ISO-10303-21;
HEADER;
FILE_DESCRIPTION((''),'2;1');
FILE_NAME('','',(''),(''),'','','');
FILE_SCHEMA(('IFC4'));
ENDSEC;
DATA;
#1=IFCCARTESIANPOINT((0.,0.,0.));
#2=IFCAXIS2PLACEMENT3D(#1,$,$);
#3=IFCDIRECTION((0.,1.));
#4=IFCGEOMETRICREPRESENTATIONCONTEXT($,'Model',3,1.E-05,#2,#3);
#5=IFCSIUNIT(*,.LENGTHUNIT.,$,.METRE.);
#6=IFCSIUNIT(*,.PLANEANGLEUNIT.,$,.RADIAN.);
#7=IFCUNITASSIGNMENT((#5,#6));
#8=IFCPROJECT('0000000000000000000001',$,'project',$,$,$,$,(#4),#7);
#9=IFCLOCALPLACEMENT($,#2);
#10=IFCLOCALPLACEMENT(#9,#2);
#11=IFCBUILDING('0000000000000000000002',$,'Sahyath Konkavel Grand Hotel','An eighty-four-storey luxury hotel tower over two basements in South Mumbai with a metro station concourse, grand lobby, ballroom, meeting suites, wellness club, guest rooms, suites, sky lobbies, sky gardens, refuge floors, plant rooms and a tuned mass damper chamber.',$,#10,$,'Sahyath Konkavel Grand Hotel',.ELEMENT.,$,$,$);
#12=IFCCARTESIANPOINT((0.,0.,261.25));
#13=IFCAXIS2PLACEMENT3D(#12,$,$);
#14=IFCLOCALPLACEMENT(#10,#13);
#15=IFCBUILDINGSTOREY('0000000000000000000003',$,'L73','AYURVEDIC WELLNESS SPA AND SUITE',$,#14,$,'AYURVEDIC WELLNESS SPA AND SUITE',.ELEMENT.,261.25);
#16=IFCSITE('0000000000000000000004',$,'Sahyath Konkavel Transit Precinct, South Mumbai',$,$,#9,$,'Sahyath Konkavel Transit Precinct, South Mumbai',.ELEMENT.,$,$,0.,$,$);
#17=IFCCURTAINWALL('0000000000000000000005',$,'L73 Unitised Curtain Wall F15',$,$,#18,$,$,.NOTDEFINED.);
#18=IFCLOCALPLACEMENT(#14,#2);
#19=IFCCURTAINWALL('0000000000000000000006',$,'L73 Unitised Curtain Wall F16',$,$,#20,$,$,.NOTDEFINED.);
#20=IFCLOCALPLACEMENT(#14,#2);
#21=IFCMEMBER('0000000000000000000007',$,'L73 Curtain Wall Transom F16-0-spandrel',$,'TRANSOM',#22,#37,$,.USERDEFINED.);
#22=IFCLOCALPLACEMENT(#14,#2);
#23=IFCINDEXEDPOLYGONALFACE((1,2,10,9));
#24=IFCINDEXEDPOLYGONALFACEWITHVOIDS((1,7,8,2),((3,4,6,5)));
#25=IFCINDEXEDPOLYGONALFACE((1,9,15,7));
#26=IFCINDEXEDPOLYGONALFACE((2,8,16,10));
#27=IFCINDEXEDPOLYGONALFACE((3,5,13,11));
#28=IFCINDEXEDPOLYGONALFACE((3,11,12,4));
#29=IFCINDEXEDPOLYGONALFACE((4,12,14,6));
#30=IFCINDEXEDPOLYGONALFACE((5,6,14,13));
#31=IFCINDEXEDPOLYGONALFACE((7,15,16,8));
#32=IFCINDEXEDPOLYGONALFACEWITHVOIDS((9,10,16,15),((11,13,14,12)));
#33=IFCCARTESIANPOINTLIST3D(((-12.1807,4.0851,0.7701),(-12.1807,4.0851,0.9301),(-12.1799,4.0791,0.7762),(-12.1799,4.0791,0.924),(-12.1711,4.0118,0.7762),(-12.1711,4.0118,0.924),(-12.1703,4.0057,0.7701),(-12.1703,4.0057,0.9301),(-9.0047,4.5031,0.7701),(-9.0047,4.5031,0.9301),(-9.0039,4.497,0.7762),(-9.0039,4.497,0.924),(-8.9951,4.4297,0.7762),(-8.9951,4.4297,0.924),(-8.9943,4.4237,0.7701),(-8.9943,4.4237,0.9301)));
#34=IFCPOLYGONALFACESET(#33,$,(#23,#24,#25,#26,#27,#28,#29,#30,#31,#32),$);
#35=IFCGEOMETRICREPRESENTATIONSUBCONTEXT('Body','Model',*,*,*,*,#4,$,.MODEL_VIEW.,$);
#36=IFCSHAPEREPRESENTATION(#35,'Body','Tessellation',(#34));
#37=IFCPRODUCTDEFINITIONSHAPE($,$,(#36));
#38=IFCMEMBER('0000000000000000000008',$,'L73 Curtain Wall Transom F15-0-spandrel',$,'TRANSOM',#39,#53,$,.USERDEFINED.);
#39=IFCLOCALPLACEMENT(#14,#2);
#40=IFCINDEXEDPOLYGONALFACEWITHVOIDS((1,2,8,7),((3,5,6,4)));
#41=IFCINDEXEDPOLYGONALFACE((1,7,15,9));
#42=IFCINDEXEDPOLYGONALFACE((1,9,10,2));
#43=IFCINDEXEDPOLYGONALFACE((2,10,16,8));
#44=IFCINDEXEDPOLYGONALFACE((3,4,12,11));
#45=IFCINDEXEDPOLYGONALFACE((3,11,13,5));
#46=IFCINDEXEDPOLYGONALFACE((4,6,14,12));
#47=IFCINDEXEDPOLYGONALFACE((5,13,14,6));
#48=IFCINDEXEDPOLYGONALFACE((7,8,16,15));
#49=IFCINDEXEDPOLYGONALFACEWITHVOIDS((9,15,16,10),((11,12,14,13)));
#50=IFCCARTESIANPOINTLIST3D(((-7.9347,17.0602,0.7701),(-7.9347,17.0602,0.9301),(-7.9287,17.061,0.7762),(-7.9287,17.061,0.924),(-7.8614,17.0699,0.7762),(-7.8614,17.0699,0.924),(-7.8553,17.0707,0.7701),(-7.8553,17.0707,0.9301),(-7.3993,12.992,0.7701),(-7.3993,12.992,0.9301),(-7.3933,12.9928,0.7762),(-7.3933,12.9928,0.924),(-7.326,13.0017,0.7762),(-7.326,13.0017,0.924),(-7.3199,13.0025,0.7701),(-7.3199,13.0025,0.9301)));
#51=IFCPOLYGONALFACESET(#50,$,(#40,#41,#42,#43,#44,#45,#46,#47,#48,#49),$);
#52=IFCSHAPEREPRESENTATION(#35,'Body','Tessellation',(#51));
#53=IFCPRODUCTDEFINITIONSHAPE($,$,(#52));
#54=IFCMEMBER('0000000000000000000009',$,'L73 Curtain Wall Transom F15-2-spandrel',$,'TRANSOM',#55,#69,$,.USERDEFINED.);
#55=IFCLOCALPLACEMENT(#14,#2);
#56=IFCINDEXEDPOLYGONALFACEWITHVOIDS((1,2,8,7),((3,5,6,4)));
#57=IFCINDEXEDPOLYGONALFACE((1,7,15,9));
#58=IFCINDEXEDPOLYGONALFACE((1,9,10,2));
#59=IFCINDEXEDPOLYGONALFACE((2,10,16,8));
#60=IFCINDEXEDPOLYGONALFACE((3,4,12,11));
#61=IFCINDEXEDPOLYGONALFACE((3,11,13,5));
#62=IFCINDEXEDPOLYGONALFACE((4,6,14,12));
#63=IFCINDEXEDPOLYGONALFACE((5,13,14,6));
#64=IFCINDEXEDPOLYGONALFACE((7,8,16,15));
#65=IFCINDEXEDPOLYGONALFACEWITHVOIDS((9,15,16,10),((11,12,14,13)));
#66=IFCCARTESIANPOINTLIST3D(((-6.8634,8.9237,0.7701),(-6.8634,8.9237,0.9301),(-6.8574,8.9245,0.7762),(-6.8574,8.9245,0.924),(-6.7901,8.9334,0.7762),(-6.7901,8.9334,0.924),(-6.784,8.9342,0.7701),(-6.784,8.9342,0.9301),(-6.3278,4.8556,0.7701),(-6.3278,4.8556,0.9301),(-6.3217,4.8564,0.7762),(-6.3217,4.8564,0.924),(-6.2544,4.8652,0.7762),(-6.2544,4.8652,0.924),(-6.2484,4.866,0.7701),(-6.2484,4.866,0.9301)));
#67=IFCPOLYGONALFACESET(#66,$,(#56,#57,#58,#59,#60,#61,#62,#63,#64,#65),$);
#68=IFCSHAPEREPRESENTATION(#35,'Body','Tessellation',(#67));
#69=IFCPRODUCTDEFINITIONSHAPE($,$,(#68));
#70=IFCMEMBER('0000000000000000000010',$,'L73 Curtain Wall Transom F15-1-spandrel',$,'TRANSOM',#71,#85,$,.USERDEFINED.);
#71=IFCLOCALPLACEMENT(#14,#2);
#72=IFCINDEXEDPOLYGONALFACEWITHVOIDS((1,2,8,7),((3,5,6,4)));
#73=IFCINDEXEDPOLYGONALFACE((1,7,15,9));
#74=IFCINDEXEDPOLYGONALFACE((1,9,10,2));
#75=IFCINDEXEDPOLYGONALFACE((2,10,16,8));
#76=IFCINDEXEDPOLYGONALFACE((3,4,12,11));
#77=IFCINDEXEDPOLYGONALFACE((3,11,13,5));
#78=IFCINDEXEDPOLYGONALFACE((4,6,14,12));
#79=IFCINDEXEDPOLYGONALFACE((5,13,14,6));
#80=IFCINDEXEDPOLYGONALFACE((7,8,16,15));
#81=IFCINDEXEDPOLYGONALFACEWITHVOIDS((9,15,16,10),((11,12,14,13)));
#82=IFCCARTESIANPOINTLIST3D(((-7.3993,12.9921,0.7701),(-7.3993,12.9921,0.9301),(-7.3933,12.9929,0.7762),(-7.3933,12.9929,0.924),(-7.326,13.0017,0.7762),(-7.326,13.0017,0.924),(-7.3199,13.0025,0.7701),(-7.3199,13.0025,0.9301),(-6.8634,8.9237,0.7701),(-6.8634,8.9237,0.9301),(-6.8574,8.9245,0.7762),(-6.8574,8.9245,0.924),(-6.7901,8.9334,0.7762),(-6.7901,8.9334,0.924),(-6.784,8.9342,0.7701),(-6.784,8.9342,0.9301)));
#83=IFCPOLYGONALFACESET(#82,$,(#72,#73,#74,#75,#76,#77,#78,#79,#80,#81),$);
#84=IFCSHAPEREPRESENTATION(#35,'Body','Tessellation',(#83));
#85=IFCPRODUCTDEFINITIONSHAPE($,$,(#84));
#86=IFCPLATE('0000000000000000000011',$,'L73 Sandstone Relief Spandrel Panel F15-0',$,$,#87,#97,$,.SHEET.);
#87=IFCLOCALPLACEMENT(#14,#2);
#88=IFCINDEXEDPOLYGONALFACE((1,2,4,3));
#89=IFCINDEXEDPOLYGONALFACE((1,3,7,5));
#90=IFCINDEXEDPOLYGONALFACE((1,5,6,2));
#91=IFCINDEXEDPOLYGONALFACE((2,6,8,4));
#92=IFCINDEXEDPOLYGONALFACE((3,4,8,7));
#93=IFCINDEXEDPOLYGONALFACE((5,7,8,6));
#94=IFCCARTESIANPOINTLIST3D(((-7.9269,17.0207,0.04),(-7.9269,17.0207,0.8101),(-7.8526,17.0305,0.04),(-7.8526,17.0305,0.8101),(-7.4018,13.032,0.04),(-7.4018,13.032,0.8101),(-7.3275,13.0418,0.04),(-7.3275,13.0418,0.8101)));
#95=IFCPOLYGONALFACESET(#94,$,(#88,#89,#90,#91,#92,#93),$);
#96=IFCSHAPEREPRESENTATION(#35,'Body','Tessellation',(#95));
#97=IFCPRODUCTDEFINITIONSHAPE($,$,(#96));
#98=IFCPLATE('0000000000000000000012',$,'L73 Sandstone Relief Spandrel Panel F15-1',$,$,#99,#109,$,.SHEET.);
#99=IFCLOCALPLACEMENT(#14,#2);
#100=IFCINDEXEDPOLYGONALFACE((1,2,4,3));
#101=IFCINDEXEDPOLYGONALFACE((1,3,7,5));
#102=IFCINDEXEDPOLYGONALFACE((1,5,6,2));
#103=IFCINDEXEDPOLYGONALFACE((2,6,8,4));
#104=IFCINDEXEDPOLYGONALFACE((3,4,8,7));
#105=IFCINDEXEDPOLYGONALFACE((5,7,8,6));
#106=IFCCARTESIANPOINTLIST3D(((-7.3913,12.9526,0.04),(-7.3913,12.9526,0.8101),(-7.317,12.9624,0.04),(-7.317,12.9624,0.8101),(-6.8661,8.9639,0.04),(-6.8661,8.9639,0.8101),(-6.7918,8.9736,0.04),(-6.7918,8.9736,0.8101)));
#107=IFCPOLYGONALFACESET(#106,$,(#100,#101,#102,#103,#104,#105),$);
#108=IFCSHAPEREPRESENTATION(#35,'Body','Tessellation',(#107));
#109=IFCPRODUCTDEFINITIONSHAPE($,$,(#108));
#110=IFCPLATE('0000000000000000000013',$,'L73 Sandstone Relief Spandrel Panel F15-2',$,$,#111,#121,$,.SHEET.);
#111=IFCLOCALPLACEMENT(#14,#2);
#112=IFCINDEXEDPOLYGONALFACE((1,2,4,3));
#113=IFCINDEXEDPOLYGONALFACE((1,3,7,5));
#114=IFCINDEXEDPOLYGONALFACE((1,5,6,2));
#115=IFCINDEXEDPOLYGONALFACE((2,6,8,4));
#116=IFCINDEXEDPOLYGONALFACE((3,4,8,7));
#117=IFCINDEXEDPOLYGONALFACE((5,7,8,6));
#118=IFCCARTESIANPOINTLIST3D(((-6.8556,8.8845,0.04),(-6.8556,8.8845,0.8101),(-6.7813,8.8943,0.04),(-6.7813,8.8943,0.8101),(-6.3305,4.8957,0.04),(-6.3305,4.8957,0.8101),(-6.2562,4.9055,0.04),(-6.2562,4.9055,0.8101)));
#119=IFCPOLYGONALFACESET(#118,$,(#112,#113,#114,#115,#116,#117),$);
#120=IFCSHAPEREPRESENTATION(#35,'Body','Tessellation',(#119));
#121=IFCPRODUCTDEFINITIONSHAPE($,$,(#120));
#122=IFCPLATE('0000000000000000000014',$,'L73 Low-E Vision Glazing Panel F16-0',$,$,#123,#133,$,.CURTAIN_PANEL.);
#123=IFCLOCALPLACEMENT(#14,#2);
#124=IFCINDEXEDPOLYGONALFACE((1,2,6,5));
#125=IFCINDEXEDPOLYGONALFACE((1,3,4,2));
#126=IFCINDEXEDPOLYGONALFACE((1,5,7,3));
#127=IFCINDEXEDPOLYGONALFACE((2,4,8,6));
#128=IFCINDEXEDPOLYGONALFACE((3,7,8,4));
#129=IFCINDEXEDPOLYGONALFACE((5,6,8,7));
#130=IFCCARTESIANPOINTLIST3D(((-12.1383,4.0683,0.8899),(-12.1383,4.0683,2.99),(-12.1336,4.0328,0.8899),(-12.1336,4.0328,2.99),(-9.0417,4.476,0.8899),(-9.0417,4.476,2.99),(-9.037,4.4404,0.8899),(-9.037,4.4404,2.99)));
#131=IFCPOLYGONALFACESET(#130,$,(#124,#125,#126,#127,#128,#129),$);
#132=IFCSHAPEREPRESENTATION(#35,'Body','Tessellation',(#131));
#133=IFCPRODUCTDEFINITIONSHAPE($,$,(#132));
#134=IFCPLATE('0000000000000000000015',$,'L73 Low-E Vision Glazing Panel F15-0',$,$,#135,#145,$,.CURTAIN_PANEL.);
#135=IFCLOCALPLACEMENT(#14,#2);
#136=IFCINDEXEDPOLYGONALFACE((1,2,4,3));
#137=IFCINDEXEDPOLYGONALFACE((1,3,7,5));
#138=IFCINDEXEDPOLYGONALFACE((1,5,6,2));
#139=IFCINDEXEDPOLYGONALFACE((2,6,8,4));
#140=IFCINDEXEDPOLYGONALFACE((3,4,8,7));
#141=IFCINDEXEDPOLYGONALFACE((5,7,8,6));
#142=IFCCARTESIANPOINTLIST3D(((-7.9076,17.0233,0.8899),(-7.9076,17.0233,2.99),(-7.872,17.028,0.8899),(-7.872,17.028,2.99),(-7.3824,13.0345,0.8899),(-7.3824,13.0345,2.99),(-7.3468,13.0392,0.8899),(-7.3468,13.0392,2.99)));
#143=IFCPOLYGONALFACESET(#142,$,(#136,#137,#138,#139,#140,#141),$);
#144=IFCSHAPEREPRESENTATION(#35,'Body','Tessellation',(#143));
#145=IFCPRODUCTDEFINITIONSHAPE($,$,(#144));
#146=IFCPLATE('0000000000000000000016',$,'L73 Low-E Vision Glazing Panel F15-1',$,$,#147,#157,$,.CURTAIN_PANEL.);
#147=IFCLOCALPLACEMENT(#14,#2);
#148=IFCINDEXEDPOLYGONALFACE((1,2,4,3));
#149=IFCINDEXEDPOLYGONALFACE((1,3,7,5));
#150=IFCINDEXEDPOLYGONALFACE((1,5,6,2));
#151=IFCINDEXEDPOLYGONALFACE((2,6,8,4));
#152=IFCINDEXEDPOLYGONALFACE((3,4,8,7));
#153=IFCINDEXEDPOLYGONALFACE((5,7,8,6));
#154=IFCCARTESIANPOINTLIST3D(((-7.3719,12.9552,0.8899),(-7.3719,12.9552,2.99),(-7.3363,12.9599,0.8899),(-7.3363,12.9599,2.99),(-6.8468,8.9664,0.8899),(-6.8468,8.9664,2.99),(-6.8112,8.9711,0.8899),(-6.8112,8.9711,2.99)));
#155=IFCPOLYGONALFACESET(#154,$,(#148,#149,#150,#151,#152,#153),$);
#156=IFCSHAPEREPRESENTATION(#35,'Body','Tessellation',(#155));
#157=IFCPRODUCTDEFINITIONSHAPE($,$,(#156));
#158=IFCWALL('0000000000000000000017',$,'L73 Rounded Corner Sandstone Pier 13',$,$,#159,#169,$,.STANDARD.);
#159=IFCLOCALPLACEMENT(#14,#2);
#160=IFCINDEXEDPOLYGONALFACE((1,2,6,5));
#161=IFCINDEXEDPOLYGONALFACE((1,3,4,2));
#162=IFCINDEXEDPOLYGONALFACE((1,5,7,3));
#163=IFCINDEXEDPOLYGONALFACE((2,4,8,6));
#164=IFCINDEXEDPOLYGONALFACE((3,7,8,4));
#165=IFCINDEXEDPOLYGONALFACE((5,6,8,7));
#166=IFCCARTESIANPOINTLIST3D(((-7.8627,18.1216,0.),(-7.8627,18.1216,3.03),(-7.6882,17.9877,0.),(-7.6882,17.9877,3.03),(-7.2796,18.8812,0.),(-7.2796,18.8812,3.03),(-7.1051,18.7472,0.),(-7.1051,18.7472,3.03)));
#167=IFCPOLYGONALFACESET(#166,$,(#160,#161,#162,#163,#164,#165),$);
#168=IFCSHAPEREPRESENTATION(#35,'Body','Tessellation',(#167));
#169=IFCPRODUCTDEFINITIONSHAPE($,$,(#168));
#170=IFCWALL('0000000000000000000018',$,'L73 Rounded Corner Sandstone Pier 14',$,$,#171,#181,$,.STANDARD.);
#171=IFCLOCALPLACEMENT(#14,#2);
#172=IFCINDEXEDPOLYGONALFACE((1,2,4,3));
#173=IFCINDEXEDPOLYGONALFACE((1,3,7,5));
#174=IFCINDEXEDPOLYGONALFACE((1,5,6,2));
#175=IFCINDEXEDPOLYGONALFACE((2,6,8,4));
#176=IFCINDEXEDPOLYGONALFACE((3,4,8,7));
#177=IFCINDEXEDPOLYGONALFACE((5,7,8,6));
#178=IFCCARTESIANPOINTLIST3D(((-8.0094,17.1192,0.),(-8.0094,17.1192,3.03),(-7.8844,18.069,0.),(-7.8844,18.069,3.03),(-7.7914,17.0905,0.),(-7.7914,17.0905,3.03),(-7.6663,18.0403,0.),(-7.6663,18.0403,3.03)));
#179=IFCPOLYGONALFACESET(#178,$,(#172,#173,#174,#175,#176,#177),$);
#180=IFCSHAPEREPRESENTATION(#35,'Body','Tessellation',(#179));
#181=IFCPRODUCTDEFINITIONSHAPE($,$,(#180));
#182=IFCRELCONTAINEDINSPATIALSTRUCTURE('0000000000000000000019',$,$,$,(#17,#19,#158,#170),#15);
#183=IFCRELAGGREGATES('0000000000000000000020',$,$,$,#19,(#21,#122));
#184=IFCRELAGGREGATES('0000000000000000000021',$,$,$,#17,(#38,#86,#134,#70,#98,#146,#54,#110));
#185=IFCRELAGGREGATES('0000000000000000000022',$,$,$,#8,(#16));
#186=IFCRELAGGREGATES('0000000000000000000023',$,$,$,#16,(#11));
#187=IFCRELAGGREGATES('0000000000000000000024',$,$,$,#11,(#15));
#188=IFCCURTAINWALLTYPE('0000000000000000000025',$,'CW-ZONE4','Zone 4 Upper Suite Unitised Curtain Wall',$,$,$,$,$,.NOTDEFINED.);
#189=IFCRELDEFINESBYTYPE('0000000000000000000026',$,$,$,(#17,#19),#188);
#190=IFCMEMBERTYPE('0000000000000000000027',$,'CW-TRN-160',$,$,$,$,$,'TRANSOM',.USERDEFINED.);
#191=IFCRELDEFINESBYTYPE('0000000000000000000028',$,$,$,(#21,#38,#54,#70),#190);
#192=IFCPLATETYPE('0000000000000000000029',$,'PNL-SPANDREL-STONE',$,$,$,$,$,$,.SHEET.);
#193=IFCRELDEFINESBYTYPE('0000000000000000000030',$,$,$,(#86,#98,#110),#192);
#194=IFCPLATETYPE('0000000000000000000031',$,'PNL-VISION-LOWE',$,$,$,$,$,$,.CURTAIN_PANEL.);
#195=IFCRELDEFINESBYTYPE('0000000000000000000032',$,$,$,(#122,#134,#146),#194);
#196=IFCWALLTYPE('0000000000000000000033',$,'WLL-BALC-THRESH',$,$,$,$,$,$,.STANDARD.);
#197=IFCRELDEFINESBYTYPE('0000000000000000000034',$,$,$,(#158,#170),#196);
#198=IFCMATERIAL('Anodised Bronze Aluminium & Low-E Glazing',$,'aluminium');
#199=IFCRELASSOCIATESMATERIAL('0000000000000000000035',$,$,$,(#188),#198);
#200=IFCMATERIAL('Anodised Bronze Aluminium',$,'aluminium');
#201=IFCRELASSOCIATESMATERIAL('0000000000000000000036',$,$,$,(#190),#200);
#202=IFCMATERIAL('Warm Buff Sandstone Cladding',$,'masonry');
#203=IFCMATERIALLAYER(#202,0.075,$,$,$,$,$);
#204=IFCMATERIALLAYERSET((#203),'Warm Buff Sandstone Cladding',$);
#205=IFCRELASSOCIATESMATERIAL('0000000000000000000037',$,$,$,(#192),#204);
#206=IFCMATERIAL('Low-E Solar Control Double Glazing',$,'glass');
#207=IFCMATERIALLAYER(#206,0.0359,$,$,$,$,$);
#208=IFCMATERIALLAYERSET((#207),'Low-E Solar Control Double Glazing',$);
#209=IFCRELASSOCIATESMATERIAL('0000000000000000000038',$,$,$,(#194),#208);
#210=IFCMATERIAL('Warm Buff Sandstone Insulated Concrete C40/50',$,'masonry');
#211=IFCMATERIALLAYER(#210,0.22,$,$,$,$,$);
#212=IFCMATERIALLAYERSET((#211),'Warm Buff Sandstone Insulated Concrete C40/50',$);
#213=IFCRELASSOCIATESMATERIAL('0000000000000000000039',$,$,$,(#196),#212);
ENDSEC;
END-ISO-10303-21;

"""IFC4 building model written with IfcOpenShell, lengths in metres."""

from ifc_helpers import new_model, si_unit, direction, frame, frame_2d, origin, origin_2d, place, context, subcontext, project, spatial, rectangle, hollow_rectangle, extrude, source, transform, mapped, material, layer, layer_set, material_profile, profile_set, type_object, element, aggregate, save


model = new_model("IFC4")

# Units and contexts
model_context = context("Model", 3, precision=1e-05, world=origin(), true_north=direction((0.0, 1.0)))
body_context = subcontext(model_context, "Body", "Model", "MODEL_VIEW")
ifc_project = project(units=[si_unit("LENGTHUNIT", "METRE"), si_unit("PLANEANGLEUNIT", "RADIAN")], contexts=[model_context])

# Site, building, storey
site_placement = place(None, origin())
site = spatial("IfcSite", under=ifc_project, at=site_placement, Name="Sahyath Konkavel Transit Precinct, South Mumbai", LongName="Sahyath Konkavel Transit Precinct, South Mumbai", CompositionType="ELEMENT", RefElevation=0.0)
building_placement = place(site_placement, origin())
building = spatial("IfcBuilding", under=site, at=building_placement, Name="Sahyath Konkavel Grand Hotel", Description="An eighty-four-storey luxury hotel tower over two basements in South Mumbai with a metro station concourse, grand lobby, ballroom, meeting suites, wellness club, guest rooms, suites, sky lobbies, sky gardens, refuge floors, plant rooms and a tuned mass damper chamber.", LongName="Sahyath Konkavel Grand Hotel", CompositionType="ELEMENT")
storey_placement = place(building_placement, frame((0.0, 0.0, 261.25)))
storey = spatial("IfcBuildingStorey", under=building, at=storey_placement, Name="L73", Description="AYURVEDIC WELLNESS SPA AND SUITE", LongName="AYURVEDIC WELLNESS SPA AND SUITE", CompositionType="ELEMENT", Elevation=261.25)

# Shared definitions
ifc_material_1 = material(Name="Anodised Bronze Aluminium & Low-E Glazing", Category="aluminium")
curtain_wall_type = type_object("IfcCurtainWallType", Name="CW-ZONE4", Description="Zone 4 Upper Suite Unitised Curtain Wall", PredefinedType="NOTDEFINED", material=ifc_material_1)
ifc_material_2 = material(Name="Anodised Bronze Aluminium", Category="aluminium")

# Curtain wall
curtain_wall_1_placement = place(storey_placement, origin())
curtain_wall_1 = element("IfcCurtainWall", 1, at=curtain_wall_1_placement, inside=storey, type_object=curtain_wall_type, Name="L73 Unitised Curtain Wall F15", PredefinedType="NOTDEFINED")

# Curtain wall
curtain_wall_2_placement = place(storey_placement, origin())
curtain_wall_2 = element("IfcCurtainWall", 2, at=curtain_wall_2_placement, inside=storey, type_object=curtain_wall_type, Name="L73 Unitised Curtain Wall F16", PredefinedType="NOTDEFINED")

# Members
ifc_material_profile_1 = material_profile(ifc_material_2, hollow_rectangle(XDim=0.0801, YDim=0.1599, WallThickness=0.0061, at=origin_2d()), Name="RHS 160x80x6")
ifc_profile_set_1 = profile_set([ifc_material_profile_1], Name="Anodised Bronze Aluminium")
member_type_1 = type_object("IfcMemberType", Name="CW-TRN-160", ElementType="TRANSOM", PredefinedType="USERDEFINED", material=ifc_profile_set_1)
shared_shape_1 = source(origin(), body_context, "Body", "SweptSolid", [
    extrude(hollow_rectangle(XDim=0.0801, YDim=0.1599, WallThickness=0.0061, at=origin_2d()), origin(), (0.0, 0.0, 1.0), 3.2034),
])
member_1_placement = place(storey_placement, frame((-8.9995, 4.4634, 0.8501), z_axis=(-0.991451, -0.130476, 0.0), x_axis=(0.130476, -0.991451, 0.0)))
member_1 = element("IfcMember", 3, at=member_1_placement, type_object=member_type_1, Name="L73 Curtain Wall Transom F16-0-spandrel", ObjectType="TRANSOM", PredefinedType="USERDEFINED", context=body_context, shape_type="MappedRepresentation", body=[
    mapped(shared_shape_1, transform((0.0, 0.0, 0.0), scale=1.0)),
])
shared_shape_2 = source(origin(), body_context, "Body", "SweptSolid", [
    extrude(hollow_rectangle(XDim=0.0801, YDim=0.1599, WallThickness=0.0061, at=origin_2d()), origin(), (0.0, 0.0, 1.0), 4.1033),
])
member_2_placement = place(storey_placement, frame((-7.895, 17.0654, 0.8501), z_axis=(0.130484, -0.99145, 0.0), x_axis=(0.99145, 0.130484, 0.0)))
member_2 = element("IfcMember", 4, at=member_2_placement, type_object=member_type_1, Name="L73 Curtain Wall Transom F15-0-spandrel", ObjectType="TRANSOM", PredefinedType="USERDEFINED", context=body_context, shape_type="MappedRepresentation", body=[
    mapped(shared_shape_2, transform((0.0, 0.0, 0.0), scale=1.0)),
])
member_3_placement = place(storey_placement, frame((-6.8237, 8.929, 0.8501), z_axis=(0.130542, -0.991443, 0.0), x_axis=(0.991443, 0.130542, 0.0)))
member_3 = element("IfcMember", 5, at=member_3_placement, type_object=member_type_1, Name="L73 Curtain Wall Transom F15-2-spandrel", ObjectType="TRANSOM", PredefinedType="USERDEFINED", context=body_context, shape_type="MappedRepresentation", body=[
    mapped(shared_shape_2, transform((0.0, 0.0, 0.0), scale=1.0)),
])
shared_shape_3 = source(origin(), body_context, "Body", "SweptSolid", [
    extrude(hollow_rectangle(XDim=0.0801, YDim=0.1599, WallThickness=0.0061, at=origin_2d()), origin(), (0.0, 0.0, 1.0), 4.1035),
])
member_4_placement = place(storey_placement, frame((-7.3596, 12.9973, 0.8501), z_axis=(0.130593, -0.991436, 0.0), x_axis=(0.991436, 0.130593, 0.0)))
member_4 = element("IfcMember", 6, at=member_4_placement, type_object=member_type_1, Name="L73 Curtain Wall Transom F15-1-spandrel", ObjectType="TRANSOM", PredefinedType="USERDEFINED", context=body_context, shape_type="MappedRepresentation", body=[
    mapped(shared_shape_3, transform((0.0, 0.0, 0.0), scale=1.0)),
])

# Plates
ifc_material_3 = material(Name="Warm Buff Sandstone Cladding", Category="masonry")
ifc_layer_1 = layer(ifc_material_3, 0.075)
ifc_layer_set_1 = layer_set([ifc_layer_1], Name="Warm Buff Sandstone Cladding")
plate_type_1 = type_object("IfcPlateType", Name="PNL-SPANDREL-STONE", PredefinedType="SHEET", material=ifc_layer_set_1)
shared_shape_4 = source(origin(), body_context, "Body", "SweptSolid", [
    extrude(rectangle(XDim=4.0232, YDim=0.075, at=origin_2d()), origin(), (0.0, 0.0, 1.0), 0.77),
])
plate_1_placement = place(storey_placement, frame((-7.6272, 15.0312, 0.04), z_axis=(0.0, 0.0, 1.0), x_axis=(0.130526, -0.991445, 0.0)))
plate_1 = element("IfcPlate", 7, at=plate_1_placement, type_object=plate_type_1, Name="L73 Sandstone Relief Spandrel Panel F15-0", PredefinedType="SHEET", context=body_context, shape_type="MappedRepresentation", body=[
    mapped(shared_shape_4, transform((0.0, 0.0, 0.0), scale=1.0)),
])
plate_2_placement = place(storey_placement, frame((-7.0916, 10.9631, 0.04), z_axis=(0.0, 0.0, 1.0), x_axis=(0.130526, -0.991445, 0.0)))
plate_2 = element("IfcPlate", 8, at=plate_2_placement, type_object=plate_type_1, Name="L73 Sandstone Relief Spandrel Panel F15-1", PredefinedType="SHEET", context=body_context, shape_type="MappedRepresentation", body=[
    mapped(shared_shape_4, transform((0.0, 0.0, 0.0), scale=1.0)),
])
plate_3_placement = place(storey_placement, frame((-6.5559, 6.895, 0.04), z_axis=(0.0, 0.0, 1.0), x_axis=(0.130526, -0.991445, 0.0)))
plate_3 = element("IfcPlate", 9, at=plate_3_placement, type_object=plate_type_1, Name="L73 Sandstone Relief Spandrel Panel F15-2", PredefinedType="SHEET", context=body_context, shape_type="MappedRepresentation", body=[
    mapped(shared_shape_4, transform((0.0, 0.0, 0.0), scale=1.0)),
])
ifc_material_4 = material(Name="Low-E Solar Control Double Glazing", Category="glass")
ifc_layer_2 = layer(ifc_material_4, 0.0359)
ifc_layer_set_2 = layer_set([ifc_layer_2], Name="Low-E Solar Control Double Glazing")
plate_type_2 = type_object("IfcPlateType", Name="PNL-VISION-LOWE", PredefinedType="CURTAIN_PANEL", material=ifc_layer_set_2)
shared_shape_5 = source(origin(), body_context, "Body", "SweptSolid", [
    extrude(rectangle(XDim=3.1233, YDim=0.0359, at=origin_2d()), origin(), (0.0, 0.0, 1.0), 2.1001),
])
plate_4_placement = place(storey_placement, frame((-10.5876, 4.2544, 0.8899), z_axis=(0.0, 0.0, 1.0), x_axis=(-0.991445, -0.130526, 0.0)))
plate_4 = element("IfcPlate", 10, at=plate_4_placement, type_object=plate_type_2, Name="L73 Low-E Vision Glazing Panel F16-0", PredefinedType="CURTAIN_PANEL", context=body_context, shape_type="MappedRepresentation", body=[
    mapped(shared_shape_5, transform((0.0, 0.0, 0.0), scale=1.0)),
])
aggregate(curtain_wall_2, [member_1, plate_4])
shared_shape_6 = source(origin(), body_context, "Body", "SweptSolid", [
    extrude(rectangle(XDim=4.0232, YDim=0.0359, at=origin_2d()), origin(), (0.0, 0.0, 1.0), 2.1001),
])
plate_5_placement = place(storey_placement, frame((-7.6272, 15.0312, 0.8899), z_axis=(0.0, 0.0, 1.0), x_axis=(0.130526, -0.991445, 0.0)))
plate_5 = element("IfcPlate", 11, at=plate_5_placement, type_object=plate_type_2, Name="L73 Low-E Vision Glazing Panel F15-0", PredefinedType="CURTAIN_PANEL", context=body_context, shape_type="MappedRepresentation", body=[
    mapped(shared_shape_6, transform((0.0, 0.0, 0.0), scale=1.0)),
])
plate_6_placement = place(storey_placement, frame((-7.0916, 10.9631, 0.8899), z_axis=(0.0, 0.0, 1.0), x_axis=(0.130526, -0.991445, 0.0)))
plate_6 = element("IfcPlate", 12, at=plate_6_placement, type_object=plate_type_2, Name="L73 Low-E Vision Glazing Panel F15-1", PredefinedType="CURTAIN_PANEL", context=body_context, shape_type="MappedRepresentation", body=[
    mapped(shared_shape_6, transform((0.0, 0.0, 0.0), scale=1.0)),
])
aggregate(curtain_wall_1, [member_2, plate_1, plate_5, member_4, plate_2, plate_6, member_3, plate_3])

# Walls
ifc_material_5 = material(Name="Warm Buff Sandstone Insulated Concrete C40/50", Category="masonry")
ifc_layer_3 = layer(ifc_material_5, 0.22)
ifc_layer_set_3 = layer_set([ifc_layer_3], Name="Warm Buff Sandstone Insulated Concrete C40/50")
wall_type_1 = type_object("IfcWallType", Name="WLL-BALC-THRESH", PredefinedType="STANDARD", material=ifc_layer_set_3)
wall_1_placement = place(storey_placement, frame((-7.1924, 18.8142, 0.0), z_axis=(0.0, 0.0, 1.0), x_axis=(-0.608897, -0.793249, 0.0)))
element("IfcWall", 13, at=wall_1_placement, inside=storey, type_object=wall_type_1, Name="L73 Rounded Corner Sandstone Pier 13", PredefinedType="STANDARD", context=body_context, shape_type="SweptSolid", body=[
    extrude(rectangle(XDim=0.9575, YDim=0.22, at=frame_2d((0.4788, 0.0))), origin(), (0.0, 0.0, 1.0), 3.03),
])
wall_2_placement = place(storey_placement, frame((-7.7754, 18.0547, 0.0), z_axis=(0.0, 0.0, 1.0), x_axis=(-0.130494, -0.991449, 0.0)))
element("IfcWall", 14, at=wall_2_placement, inside=storey, type_object=wall_type_1, Name="L73 Rounded Corner Sandstone Pier 14", PredefinedType="STANDARD", context=body_context, shape_type="SweptSolid", body=[
    extrude(rectangle(XDim=0.958, YDim=0.22, at=frame_2d((0.479, 0.0))), origin(), (0.0, 0.0, 1.0), 3.03),
])

save(model, "model.ifc")
